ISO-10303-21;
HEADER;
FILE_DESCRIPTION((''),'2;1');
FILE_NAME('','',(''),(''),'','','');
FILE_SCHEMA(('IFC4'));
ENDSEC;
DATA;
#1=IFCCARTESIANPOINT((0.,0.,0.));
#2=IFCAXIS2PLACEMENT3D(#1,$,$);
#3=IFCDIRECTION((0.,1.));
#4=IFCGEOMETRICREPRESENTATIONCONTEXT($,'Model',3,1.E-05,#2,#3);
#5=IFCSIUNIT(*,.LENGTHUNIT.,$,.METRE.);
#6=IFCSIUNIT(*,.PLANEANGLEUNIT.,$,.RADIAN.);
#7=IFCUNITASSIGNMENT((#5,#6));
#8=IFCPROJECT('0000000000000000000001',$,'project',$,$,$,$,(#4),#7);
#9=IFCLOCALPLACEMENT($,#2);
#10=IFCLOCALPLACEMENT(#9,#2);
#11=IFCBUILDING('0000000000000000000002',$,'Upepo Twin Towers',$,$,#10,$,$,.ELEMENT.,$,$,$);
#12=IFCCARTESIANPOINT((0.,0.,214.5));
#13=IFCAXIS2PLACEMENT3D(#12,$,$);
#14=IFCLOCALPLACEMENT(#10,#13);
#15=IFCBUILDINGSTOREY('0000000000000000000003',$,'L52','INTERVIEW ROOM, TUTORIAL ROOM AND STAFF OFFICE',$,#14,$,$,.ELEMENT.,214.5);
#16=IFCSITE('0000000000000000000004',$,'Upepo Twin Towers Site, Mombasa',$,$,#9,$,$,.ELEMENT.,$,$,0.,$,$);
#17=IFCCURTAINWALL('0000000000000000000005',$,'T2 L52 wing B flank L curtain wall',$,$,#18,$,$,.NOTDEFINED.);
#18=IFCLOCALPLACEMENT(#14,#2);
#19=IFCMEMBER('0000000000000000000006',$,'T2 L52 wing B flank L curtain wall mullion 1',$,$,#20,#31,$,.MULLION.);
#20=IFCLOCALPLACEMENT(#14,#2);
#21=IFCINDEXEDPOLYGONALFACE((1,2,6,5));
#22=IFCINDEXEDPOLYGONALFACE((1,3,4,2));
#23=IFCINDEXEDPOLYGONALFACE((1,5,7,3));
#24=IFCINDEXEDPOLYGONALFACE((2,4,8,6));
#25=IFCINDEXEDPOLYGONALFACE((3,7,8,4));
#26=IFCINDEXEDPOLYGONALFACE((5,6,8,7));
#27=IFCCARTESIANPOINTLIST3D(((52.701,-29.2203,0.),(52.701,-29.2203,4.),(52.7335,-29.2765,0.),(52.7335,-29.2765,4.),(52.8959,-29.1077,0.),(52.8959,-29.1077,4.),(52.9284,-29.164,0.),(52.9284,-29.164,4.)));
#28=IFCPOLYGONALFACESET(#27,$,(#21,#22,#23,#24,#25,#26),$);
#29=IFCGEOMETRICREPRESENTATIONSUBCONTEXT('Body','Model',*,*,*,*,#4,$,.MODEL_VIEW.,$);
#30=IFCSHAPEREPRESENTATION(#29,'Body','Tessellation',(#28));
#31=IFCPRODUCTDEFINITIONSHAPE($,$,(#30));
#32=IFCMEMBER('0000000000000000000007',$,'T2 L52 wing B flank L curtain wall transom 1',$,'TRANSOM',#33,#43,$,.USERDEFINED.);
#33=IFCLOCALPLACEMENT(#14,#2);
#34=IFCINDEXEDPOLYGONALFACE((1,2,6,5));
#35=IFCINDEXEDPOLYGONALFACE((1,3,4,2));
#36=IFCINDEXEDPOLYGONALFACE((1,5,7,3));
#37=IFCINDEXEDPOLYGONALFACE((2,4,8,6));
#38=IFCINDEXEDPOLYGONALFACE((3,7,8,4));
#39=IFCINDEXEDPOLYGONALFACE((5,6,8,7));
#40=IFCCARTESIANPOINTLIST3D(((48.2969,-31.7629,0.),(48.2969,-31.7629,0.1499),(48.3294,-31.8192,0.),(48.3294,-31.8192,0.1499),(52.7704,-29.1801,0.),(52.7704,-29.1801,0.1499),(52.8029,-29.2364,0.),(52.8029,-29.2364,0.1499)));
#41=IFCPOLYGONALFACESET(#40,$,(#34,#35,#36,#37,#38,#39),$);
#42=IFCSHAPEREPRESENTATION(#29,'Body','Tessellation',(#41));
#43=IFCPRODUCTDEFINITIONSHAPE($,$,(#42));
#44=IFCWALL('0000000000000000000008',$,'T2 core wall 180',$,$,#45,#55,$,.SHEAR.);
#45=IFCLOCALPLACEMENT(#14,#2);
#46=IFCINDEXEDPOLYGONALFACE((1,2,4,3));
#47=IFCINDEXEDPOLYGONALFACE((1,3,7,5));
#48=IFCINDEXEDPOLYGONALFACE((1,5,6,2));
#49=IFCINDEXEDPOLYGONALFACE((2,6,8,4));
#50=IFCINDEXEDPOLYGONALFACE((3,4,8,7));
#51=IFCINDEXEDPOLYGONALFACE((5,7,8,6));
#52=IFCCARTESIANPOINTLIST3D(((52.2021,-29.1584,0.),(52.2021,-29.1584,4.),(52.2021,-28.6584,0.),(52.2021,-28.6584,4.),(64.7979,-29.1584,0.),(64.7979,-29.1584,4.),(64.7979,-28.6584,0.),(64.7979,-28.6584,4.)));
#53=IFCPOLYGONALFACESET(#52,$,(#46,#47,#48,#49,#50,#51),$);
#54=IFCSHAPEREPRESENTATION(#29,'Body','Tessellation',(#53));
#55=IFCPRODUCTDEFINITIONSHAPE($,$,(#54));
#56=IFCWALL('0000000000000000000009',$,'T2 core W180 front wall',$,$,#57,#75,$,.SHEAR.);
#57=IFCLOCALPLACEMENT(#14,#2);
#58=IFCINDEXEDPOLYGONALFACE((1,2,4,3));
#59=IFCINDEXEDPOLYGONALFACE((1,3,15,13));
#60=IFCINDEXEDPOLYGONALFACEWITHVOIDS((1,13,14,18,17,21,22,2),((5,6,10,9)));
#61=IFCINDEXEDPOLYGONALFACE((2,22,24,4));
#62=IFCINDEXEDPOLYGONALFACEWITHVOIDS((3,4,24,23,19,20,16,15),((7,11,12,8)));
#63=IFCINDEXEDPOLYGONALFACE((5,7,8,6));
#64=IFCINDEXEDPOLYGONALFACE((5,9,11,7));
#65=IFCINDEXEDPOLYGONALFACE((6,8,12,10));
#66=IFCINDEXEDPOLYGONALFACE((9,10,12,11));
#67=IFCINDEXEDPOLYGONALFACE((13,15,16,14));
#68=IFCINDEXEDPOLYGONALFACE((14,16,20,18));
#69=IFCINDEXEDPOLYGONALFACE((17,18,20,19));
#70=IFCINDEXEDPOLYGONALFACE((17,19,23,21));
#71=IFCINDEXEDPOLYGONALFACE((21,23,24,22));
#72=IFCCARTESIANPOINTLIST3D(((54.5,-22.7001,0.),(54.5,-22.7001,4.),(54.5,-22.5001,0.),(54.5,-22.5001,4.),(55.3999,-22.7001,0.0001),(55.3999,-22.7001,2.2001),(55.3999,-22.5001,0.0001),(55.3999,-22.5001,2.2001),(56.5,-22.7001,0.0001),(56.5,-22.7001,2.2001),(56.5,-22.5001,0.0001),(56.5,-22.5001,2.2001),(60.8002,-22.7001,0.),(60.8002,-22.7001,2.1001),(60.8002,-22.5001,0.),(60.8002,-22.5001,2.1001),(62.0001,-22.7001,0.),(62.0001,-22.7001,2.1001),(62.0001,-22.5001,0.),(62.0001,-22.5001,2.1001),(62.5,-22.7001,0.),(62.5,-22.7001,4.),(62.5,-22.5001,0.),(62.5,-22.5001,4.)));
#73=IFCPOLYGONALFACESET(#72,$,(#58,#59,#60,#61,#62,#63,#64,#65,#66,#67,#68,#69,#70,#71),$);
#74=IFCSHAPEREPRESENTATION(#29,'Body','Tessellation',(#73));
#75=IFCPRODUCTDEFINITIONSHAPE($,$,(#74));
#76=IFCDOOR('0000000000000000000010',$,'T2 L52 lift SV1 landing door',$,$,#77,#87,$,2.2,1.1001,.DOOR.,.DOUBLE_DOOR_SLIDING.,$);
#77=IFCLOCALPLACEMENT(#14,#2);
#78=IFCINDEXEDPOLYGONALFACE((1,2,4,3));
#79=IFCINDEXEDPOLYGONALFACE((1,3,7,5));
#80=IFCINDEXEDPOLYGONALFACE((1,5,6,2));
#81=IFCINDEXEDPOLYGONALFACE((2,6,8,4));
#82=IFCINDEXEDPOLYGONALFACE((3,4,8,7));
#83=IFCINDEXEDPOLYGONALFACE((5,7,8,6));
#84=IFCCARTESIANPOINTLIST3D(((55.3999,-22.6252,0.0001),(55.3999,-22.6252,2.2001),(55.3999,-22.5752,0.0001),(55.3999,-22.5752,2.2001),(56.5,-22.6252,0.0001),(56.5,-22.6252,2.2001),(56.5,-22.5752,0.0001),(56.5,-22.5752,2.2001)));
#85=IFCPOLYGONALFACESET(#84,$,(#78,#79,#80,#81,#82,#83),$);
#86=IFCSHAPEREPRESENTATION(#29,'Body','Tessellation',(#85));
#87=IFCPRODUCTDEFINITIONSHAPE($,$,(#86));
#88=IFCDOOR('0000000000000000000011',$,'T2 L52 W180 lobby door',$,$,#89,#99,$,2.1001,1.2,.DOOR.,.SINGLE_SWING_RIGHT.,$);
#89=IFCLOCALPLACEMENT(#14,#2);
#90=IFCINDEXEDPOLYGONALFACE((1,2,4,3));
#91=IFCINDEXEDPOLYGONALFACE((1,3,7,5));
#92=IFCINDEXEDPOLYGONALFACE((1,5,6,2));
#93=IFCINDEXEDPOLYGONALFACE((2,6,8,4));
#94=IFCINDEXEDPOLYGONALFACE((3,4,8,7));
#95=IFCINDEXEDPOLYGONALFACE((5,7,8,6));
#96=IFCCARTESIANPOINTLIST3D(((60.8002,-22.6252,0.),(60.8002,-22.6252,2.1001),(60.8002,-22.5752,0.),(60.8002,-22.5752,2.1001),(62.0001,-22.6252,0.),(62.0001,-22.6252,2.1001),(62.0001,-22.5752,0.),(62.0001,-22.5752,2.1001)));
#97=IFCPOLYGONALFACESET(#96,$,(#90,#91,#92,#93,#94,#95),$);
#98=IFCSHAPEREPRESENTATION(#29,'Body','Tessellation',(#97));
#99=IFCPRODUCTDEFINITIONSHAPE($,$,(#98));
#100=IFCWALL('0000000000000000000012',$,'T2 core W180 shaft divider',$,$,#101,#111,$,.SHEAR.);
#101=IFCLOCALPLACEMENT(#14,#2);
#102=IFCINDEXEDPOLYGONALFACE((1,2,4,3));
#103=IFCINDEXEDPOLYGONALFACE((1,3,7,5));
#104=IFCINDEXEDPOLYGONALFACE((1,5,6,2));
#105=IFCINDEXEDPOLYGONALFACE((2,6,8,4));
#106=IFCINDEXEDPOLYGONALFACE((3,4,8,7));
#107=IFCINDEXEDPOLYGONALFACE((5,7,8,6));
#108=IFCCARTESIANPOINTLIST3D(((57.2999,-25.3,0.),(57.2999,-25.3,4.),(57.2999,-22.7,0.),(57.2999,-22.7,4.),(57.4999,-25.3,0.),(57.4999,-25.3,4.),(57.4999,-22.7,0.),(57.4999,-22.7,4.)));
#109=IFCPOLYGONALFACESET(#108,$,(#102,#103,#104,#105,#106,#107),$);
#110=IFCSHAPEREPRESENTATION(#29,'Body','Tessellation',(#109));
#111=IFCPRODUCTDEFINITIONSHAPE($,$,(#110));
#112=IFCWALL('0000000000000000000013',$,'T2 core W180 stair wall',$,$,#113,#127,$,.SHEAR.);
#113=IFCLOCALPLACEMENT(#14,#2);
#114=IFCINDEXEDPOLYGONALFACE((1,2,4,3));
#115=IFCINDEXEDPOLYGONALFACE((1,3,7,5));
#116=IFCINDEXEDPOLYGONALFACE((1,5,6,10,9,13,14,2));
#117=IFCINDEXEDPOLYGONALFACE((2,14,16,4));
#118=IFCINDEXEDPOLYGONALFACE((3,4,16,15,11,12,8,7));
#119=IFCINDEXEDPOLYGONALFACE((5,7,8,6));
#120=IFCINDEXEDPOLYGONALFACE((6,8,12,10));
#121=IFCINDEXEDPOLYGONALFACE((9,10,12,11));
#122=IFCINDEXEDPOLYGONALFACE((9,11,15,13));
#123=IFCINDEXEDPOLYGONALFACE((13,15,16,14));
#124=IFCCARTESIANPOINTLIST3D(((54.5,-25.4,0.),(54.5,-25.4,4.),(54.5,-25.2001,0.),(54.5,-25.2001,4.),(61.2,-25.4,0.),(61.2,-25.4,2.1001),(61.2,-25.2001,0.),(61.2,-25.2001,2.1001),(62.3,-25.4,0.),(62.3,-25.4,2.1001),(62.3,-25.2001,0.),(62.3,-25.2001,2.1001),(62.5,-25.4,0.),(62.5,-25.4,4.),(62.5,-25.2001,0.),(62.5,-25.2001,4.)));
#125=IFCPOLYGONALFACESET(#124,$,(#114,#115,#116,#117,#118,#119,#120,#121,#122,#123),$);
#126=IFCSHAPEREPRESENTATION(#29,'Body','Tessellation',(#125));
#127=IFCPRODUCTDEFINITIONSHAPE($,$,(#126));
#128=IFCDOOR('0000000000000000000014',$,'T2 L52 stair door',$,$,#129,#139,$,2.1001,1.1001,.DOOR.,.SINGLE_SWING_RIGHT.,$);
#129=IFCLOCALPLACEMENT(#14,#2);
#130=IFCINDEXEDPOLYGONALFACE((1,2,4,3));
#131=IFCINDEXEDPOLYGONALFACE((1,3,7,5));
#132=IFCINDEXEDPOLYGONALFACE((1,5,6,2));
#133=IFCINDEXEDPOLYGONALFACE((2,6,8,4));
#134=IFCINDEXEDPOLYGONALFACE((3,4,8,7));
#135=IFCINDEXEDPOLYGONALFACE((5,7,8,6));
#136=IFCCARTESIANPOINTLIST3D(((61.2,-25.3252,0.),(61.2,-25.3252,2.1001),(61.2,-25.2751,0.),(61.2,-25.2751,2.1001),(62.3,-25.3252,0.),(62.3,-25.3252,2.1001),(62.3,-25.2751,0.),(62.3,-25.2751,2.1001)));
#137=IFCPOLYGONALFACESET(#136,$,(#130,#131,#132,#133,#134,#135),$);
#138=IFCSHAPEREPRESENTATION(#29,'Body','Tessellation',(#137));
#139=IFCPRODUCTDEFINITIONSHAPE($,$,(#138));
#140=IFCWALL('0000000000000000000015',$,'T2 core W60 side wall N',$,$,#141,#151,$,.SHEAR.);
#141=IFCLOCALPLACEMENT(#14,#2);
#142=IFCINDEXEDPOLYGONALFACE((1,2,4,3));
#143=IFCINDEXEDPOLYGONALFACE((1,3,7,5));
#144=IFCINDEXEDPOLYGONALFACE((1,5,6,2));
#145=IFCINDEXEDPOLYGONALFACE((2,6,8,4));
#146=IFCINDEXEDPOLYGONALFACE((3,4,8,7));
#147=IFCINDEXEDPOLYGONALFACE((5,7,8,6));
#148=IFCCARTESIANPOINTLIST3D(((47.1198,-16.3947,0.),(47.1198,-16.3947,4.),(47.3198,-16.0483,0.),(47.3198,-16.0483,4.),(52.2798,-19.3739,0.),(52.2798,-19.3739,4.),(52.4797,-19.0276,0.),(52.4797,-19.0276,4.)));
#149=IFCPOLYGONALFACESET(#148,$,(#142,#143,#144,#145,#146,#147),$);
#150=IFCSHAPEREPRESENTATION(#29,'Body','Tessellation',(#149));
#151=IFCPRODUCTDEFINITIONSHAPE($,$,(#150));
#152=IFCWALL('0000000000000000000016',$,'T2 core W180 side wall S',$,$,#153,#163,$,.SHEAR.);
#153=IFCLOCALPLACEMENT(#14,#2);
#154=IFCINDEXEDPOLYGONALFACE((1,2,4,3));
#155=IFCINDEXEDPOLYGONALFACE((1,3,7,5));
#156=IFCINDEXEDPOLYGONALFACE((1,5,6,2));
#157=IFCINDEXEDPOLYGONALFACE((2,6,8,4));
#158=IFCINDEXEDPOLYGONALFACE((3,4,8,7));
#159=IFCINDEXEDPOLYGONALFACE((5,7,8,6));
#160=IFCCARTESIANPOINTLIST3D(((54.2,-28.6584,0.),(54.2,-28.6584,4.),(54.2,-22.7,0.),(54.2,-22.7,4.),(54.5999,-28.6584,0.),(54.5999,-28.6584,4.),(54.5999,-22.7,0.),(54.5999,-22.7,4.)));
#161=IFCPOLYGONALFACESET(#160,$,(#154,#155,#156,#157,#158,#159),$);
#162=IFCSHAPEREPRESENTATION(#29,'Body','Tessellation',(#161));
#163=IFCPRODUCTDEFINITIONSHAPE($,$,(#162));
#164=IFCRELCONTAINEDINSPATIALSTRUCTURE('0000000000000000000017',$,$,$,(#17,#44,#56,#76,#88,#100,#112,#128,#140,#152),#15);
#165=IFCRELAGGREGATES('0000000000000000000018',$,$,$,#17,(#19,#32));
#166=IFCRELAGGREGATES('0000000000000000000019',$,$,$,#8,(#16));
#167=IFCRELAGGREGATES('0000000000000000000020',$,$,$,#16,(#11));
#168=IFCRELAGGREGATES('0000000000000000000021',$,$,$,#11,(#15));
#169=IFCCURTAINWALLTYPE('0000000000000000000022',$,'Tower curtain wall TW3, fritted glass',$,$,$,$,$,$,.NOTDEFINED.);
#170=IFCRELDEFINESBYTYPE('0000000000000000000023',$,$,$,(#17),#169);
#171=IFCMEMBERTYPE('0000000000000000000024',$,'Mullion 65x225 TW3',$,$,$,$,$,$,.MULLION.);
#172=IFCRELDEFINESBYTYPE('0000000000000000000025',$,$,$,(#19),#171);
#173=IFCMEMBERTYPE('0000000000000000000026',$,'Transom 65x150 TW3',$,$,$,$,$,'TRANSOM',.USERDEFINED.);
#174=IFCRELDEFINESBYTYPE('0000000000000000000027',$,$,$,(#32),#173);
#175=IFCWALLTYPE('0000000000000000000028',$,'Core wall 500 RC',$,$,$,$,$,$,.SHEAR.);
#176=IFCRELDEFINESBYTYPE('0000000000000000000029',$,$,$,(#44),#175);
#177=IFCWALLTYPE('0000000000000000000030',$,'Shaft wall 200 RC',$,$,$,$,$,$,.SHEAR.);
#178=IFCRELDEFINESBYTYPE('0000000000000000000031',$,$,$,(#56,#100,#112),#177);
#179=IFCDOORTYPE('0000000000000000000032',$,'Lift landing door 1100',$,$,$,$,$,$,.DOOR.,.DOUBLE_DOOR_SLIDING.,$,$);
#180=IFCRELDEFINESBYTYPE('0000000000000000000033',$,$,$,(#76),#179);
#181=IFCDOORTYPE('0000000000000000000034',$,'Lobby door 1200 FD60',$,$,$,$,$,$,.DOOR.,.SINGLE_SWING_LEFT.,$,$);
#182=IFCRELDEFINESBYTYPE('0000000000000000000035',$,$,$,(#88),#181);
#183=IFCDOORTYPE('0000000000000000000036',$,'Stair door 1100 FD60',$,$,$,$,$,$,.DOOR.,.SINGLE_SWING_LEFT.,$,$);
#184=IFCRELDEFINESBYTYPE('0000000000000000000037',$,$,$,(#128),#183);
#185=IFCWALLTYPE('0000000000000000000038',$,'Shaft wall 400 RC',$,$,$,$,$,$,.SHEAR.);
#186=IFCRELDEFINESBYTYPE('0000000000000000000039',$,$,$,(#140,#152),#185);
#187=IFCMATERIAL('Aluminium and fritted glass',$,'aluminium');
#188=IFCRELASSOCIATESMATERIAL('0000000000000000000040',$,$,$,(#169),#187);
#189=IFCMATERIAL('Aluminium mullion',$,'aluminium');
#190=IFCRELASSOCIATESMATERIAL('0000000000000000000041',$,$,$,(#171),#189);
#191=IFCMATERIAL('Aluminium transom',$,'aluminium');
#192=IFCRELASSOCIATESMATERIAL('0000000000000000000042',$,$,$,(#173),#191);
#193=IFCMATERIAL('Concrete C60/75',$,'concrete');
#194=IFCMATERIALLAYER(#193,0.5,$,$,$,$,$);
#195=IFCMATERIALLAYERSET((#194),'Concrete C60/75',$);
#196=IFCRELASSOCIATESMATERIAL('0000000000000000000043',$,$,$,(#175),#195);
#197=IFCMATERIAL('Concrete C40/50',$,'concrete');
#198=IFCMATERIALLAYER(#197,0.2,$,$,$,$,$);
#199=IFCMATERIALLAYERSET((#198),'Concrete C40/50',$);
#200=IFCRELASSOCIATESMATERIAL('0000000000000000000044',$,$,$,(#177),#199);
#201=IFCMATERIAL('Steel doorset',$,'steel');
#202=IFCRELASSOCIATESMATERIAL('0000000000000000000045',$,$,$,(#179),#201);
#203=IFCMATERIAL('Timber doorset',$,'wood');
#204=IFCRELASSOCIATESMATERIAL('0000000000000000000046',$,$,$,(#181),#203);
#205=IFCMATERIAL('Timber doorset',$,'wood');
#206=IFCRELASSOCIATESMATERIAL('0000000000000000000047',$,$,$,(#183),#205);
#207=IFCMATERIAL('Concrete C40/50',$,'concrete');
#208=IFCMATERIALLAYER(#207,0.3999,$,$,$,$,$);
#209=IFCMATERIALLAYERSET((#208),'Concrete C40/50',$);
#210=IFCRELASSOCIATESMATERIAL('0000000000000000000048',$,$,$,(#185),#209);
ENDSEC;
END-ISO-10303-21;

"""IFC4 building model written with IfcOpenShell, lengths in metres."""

from ifc_helpers import new_model, si_unit, direction, frame, frame_2d, origin, origin_2d, place, context, subcontext, project, spatial, rectangle, extrude, material, layer, layer_set, material_profile, profile_set, type_object, element, fill, aggregate, save


model = new_model("IFC4")

# Units and contexts
model_context = context("Model", 3, precision=1e-05, world=origin(), true_north=direction((0.0, 1.0)))
body_context = subcontext(model_context, "Body", "Model", "MODEL_VIEW")
ifc_project = project(units=[si_unit("LENGTHUNIT", "METRE"), si_unit("PLANEANGLEUNIT", "RADIAN")], contexts=[model_context])

# Site, building, storey
site_placement = place(None, origin())
site = spatial("IfcSite", under=ifc_project, at=site_placement, Name="Upepo Twin Towers Site, Mombasa", CompositionType="ELEMENT", RefElevation=0.0)
building_placement = place(site_placement, origin())
building = spatial("IfcBuilding", under=site, at=building_placement, Name="Upepo Twin Towers", CompositionType="ELEMENT")
storey_placement = place(building_placement, frame((0.0, 0.0, 214.5)))
storey = spatial("IfcBuildingStorey", under=building, at=storey_placement, Name="L52", Description="INTERVIEW ROOM, TUTORIAL ROOM AND STAFF OFFICE", CompositionType="ELEMENT", Elevation=214.5)

# Curtain wall, members
ifc_material_1 = material(Name="Aluminium and fritted glass", Category="aluminium")
curtain_wall_type = type_object("IfcCurtainWallType", Name="Tower curtain wall TW3, fritted glass", PredefinedType="NOTDEFINED", material=ifc_material_1)
curtain_wall_placement = place(storey_placement, origin())
curtain_wall = element("IfcCurtainWall", 1, at=curtain_wall_placement, inside=storey, type_object=curtain_wall_type, Name="T2 L52 wing B flank L curtain wall", PredefinedType="NOTDEFINED")
ifc_material_2 = material(Name="Aluminium mullion", Category="aluminium")
ifc_material_profile_1 = material_profile(ifc_material_2, rectangle(XDim=0.0649, YDim=0.2251, at=origin_2d()), Name="MULLION 65x225")
ifc_profile_set_1 = profile_set([ifc_material_profile_1], Name="Aluminium mullion")
member_type_1 = type_object("IfcMemberType", Name="Mullion 65x225 TW3", PredefinedType="MULLION", material=ifc_profile_set_1)
member_1_placement = place(storey_placement, frame((52.8147, -29.1921, 0.0), z_axis=(0.0, 0.0, 1.0), x_axis=(0.5, -0.866025, 0.0)))
member_1 = element("IfcMember", 2, at=member_1_placement, type_object=member_type_1, Name="T2 L52 wing B flank L curtain wall mullion 1", PredefinedType="MULLION", context=body_context, shape_type="SweptSolid", body=[
    extrude(rectangle(XDim=0.0649, YDim=0.2251, at=origin_2d()), origin(), (0.0, 0.0, 1.0), 4.0),
])
ifc_material_3 = material(Name="Aluminium transom", Category="aluminium")
ifc_material_profile_2 = material_profile(ifc_material_3, rectangle(XDim=0.0649, YDim=0.1499, at=origin_2d()), Name="TRANSOM 65x150")
ifc_profile_set_2 = profile_set([ifc_material_profile_2], Name="Aluminium transom")
member_type_2 = type_object("IfcMemberType", Name="Transom 65x150 TW3", ElementType="TRANSOM", PredefinedType="USERDEFINED", material=ifc_profile_set_2)
member_2_placement = place(storey_placement, frame((52.7866, -29.2083, 0.075), z_axis=(-0.866021, -0.500007, 0.0), x_axis=(0.500007, -0.866021, 0.0)))
member_2 = element("IfcMember", 3, at=member_2_placement, type_object=member_type_2, Name="T2 L52 wing B flank L curtain wall transom 1", ObjectType="TRANSOM", PredefinedType="USERDEFINED", context=body_context, shape_type="SweptSolid", body=[
    extrude(rectangle(XDim=0.0649, YDim=0.1499, at=origin_2d()), origin(), (0.0, 0.0, 1.0), 5.1655),
])
aggregate(curtain_wall, [member_1, member_2])

# Wall
ifc_material_4 = material(Name="Concrete C60/75", Category="concrete")
ifc_layer_1 = layer(ifc_material_4, 0.5)
ifc_layer_set_1 = layer_set([ifc_layer_1], Name="Concrete C60/75")
wall_type_1 = type_object("IfcWallType", Name="Core wall 500 RC", PredefinedType="SHEAR", material=ifc_layer_set_1)
wall_1_placement = place(storey_placement, frame((52.2021, -28.9084, 0.0), z_axis=(0.0, 0.0, 1.0), x_axis=(1.0, 0.0, 0.0)))
element("IfcWall", 4, at=wall_1_placement, inside=storey, type_object=wall_type_1, Name="T2 core wall 180", PredefinedType="SHEAR", context=body_context, shape_type="SweptSolid", body=[
    extrude(rectangle(XDim=12.5957, YDim=0.5, at=frame_2d((6.2979, 0.0))), origin(), (0.0, 0.0, 1.0), 4.0),
])

# Wall, openings, doors
ifc_material_5 = material(Name="Concrete C40/50", Category="concrete")
ifc_layer_2 = layer(ifc_material_5, 0.2)
ifc_layer_set_2 = layer_set([ifc_layer_2], Name="Concrete C40/50")
wall_type_2 = type_object("IfcWallType", Name="Shaft wall 200 RC", PredefinedType="SHEAR", material=ifc_layer_set_2)
wall_2_placement = place(storey_placement, frame((54.5, -22.6001, 0.0), z_axis=(0.0, 0.0, 1.0), x_axis=(1.0, 0.0, 0.0)))
wall_2 = element("IfcWall", 5, at=wall_2_placement, inside=storey, type_object=wall_type_2, Name="T2 core W180 front wall", PredefinedType="SHEAR", context=body_context, shape_type="SweptSolid", body=[
    extrude(rectangle(XDim=8.0, YDim=0.2, at=frame_2d((4.0, 0.0))), origin(), (0.0, 0.0, 1.0), 4.0),
])
opening_1_placement = place(wall_2_placement, frame((6.3, 0.0, 0.0)))
opening_1 = element("IfcOpeningElement", 6, at=opening_1_placement, cuts=wall_2, PredefinedType="OPENING", context=body_context, shape_type="SweptSolid", body=[
    extrude(rectangle(XDim=1.2, YDim=2.1001, at=frame_2d((0.6001, 1.05))), frame((0.0, 0.1099, 0.0), z_axis=(0.0, -1.0, 0.0), x_axis=(1.0, 0.0, 0.0)), (0.0, 0.0, 1.0), 0.22),
])
opening_2_placement = place(wall_2_placement, frame((0.8999, 0.0, 0.0)))
opening_2 = element("IfcOpeningElement", 7, at=opening_2_placement, cuts=wall_2, PredefinedType="OPENING", context=body_context, shape_type="SweptSolid", body=[
    extrude(rectangle(XDim=1.1001, YDim=2.2, at=frame_2d((0.55, 1.1001))), frame((0.0, 0.1099, 0.0), z_axis=(0.0, -1.0, 0.0), x_axis=(1.0, 0.0, 0.0)), (0.0, 0.0, 1.0), 0.22),
])
ifc_material_6 = material(Name="Steel doorset", Category="steel")
door_type_1 = type_object("IfcDoorType", Name="Lift landing door 1100", OperationType="DOUBLE_DOOR_SLIDING", PredefinedType="DOOR", material=ifc_material_6)
door_1_placement = place(opening_2_placement, origin())
door_1 = element("IfcDoor", 8, at=door_1_placement, inside=storey, type_object=door_type_1, Name="T2 L52 lift SV1 landing door", OperationType="DOUBLE_DOOR_SLIDING", OverallHeight=2.2, OverallWidth=1.1001, PredefinedType="DOOR", context=body_context, shape_type="SweptSolid", body=[
    extrude(rectangle(XDim=1.1001, YDim=2.2, at=frame_2d((0.55, 1.1001))), frame((0.0, 0.0249, 0.0), z_axis=(0.0, -1.0, 0.0), x_axis=(1.0, 0.0, 0.0)), (0.0, 0.0, 1.0), 0.05),
])
fill(opening_2, door_1)
ifc_material_7 = material(Name="Timber doorset", Category="wood")
door_type_2 = type_object("IfcDoorType", Name="Lobby door 1200 FD60", OperationType="SINGLE_SWING_LEFT", PredefinedType="DOOR", material=ifc_material_7)
door_2_placement = place(opening_1_placement, origin())
door_2 = element("IfcDoor", 9, at=door_2_placement, inside=storey, type_object=door_type_2, Name="T2 L52 W180 lobby door", OperationType="SINGLE_SWING_RIGHT", OverallHeight=2.1001, OverallWidth=1.2, PredefinedType="DOOR", context=body_context, shape_type="SweptSolid", body=[
    extrude(rectangle(XDim=1.2, YDim=2.1001, at=frame_2d((0.6001, 1.05))), frame((0.0, 0.0249, 0.0), z_axis=(0.0, -1.0, 0.0), x_axis=(1.0, 0.0, 0.0)), (0.0, 0.0, 1.0), 0.05),
])
fill(opening_1, door_2)

# Wall
wall_3_placement = place(storey_placement, frame((57.3999, -22.7, 0.0), z_axis=(0.0, 0.0, 1.0), x_axis=(0.0, -1.0, 0.0)))
element("IfcWall", 10, at=wall_3_placement, inside=storey, type_object=wall_type_2, Name="T2 core W180 shaft divider", PredefinedType="SHEAR", context=body_context, shape_type="SweptSolid", body=[
    extrude(rectangle(XDim=2.6001, YDim=0.2, at=frame_2d((1.3, 0.0))), origin(), (0.0, 0.0, 1.0), 4.0),
])

# Wall, opening, door
wall_4_placement = place(storey_placement, frame((54.5, -25.3, 0.0), z_axis=(0.0, 0.0, 1.0), x_axis=(1.0, 0.0, 0.0)))
wall_4 = element("IfcWall", 11, at=wall_4_placement, inside=storey, type_object=wall_type_2, Name="T2 core W180 stair wall", PredefinedType="SHEAR", context=body_context, shape_type="SweptSolid", body=[
    extrude(rectangle(XDim=8.0, YDim=0.2, at=frame_2d((4.0, 0.0))), origin(), (0.0, 0.0, 1.0), 4.0),
])
opening_3_placement = place(wall_4_placement, frame((6.7, 0.0, 0.0)))
opening_3 = element("IfcOpeningElement", 12, at=opening_3_placement, cuts=wall_4, PredefinedType="OPENING", context=body_context, shape_type="SweptSolid", body=[
    extrude(rectangle(XDim=1.1001, YDim=2.1001, at=frame_2d((0.55, 1.05))), frame((0.0, 0.1099, 0.0), z_axis=(0.0, -1.0, 0.0), x_axis=(1.0, 0.0, 0.0)), (0.0, 0.0, 1.0), 0.22),
])
ifc_material_8 = material(Name="Timber doorset", Category="wood")
door_type_3 = type_object("IfcDoorType", Name="Stair door 1100 FD60", OperationType="SINGLE_SWING_LEFT", PredefinedType="DOOR", material=ifc_material_8)
door_3_placement = place(opening_3_placement, origin())
door_3 = element("IfcDoor", 13, at=door_3_placement, inside=storey, type_object=door_type_3, Name="T2 L52 stair door", OperationType="SINGLE_SWING_RIGHT", OverallHeight=2.1001, OverallWidth=1.1001, PredefinedType="DOOR", context=body_context, shape_type="SweptSolid", body=[
    extrude(rectangle(XDim=1.1001, YDim=2.1001, at=frame_2d((0.55, 1.05))), frame((0.0, 0.0249, 0.0), z_axis=(0.0, -1.0, 0.0), x_axis=(1.0, 0.0, 0.0)), (0.0, 0.0, 1.0), 0.05),
])
fill(opening_3, door_3)

# Walls
ifc_material_9 = material(Name="Concrete C40/50", Category="concrete")
ifc_layer_3 = layer(ifc_material_9, 0.3999)
ifc_layer_set_3 = layer_set([ifc_layer_3], Name="Concrete C40/50")
wall_type_3 = type_object("IfcWallType", Name="Shaft wall 400 RC", PredefinedType="SHEAR", material=ifc_layer_set_3)
wall_5_placement = place(storey_placement, frame((52.3796, -19.2007, 0.0), z_axis=(0.0, 0.0, 1.0), x_axis=(-0.866013, 0.500022, 0.0)))
element("IfcWall", 14, at=wall_5_placement, inside=storey, type_object=wall_type_3, Name="T2 core W60 side wall N", PredefinedType="SHEAR", context=body_context, shape_type="SweptSolid", body=[
    extrude(rectangle(XDim=5.9583, YDim=0.3999, at=frame_2d((2.979, 0.0))), origin(), (0.0, 0.0, 1.0), 4.0),
])
wall_6_placement = place(storey_placement, frame((54.3999, -22.7, 0.0), z_axis=(0.0, 0.0, 1.0), x_axis=(0.0, -1.0, 0.0)))
element("IfcWall", 15, at=wall_6_placement, inside=storey, type_object=wall_type_3, Name="T2 core W180 side wall S", PredefinedType="SHEAR", context=body_context, shape_type="SweptSolid", body=[
    extrude(rectangle(XDim=5.9585, YDim=0.3999, at=frame_2d((2.9792, 0.0))), origin(), (0.0, 0.0, 1.0), 4.0),
])

save(model, "model.ifc")
